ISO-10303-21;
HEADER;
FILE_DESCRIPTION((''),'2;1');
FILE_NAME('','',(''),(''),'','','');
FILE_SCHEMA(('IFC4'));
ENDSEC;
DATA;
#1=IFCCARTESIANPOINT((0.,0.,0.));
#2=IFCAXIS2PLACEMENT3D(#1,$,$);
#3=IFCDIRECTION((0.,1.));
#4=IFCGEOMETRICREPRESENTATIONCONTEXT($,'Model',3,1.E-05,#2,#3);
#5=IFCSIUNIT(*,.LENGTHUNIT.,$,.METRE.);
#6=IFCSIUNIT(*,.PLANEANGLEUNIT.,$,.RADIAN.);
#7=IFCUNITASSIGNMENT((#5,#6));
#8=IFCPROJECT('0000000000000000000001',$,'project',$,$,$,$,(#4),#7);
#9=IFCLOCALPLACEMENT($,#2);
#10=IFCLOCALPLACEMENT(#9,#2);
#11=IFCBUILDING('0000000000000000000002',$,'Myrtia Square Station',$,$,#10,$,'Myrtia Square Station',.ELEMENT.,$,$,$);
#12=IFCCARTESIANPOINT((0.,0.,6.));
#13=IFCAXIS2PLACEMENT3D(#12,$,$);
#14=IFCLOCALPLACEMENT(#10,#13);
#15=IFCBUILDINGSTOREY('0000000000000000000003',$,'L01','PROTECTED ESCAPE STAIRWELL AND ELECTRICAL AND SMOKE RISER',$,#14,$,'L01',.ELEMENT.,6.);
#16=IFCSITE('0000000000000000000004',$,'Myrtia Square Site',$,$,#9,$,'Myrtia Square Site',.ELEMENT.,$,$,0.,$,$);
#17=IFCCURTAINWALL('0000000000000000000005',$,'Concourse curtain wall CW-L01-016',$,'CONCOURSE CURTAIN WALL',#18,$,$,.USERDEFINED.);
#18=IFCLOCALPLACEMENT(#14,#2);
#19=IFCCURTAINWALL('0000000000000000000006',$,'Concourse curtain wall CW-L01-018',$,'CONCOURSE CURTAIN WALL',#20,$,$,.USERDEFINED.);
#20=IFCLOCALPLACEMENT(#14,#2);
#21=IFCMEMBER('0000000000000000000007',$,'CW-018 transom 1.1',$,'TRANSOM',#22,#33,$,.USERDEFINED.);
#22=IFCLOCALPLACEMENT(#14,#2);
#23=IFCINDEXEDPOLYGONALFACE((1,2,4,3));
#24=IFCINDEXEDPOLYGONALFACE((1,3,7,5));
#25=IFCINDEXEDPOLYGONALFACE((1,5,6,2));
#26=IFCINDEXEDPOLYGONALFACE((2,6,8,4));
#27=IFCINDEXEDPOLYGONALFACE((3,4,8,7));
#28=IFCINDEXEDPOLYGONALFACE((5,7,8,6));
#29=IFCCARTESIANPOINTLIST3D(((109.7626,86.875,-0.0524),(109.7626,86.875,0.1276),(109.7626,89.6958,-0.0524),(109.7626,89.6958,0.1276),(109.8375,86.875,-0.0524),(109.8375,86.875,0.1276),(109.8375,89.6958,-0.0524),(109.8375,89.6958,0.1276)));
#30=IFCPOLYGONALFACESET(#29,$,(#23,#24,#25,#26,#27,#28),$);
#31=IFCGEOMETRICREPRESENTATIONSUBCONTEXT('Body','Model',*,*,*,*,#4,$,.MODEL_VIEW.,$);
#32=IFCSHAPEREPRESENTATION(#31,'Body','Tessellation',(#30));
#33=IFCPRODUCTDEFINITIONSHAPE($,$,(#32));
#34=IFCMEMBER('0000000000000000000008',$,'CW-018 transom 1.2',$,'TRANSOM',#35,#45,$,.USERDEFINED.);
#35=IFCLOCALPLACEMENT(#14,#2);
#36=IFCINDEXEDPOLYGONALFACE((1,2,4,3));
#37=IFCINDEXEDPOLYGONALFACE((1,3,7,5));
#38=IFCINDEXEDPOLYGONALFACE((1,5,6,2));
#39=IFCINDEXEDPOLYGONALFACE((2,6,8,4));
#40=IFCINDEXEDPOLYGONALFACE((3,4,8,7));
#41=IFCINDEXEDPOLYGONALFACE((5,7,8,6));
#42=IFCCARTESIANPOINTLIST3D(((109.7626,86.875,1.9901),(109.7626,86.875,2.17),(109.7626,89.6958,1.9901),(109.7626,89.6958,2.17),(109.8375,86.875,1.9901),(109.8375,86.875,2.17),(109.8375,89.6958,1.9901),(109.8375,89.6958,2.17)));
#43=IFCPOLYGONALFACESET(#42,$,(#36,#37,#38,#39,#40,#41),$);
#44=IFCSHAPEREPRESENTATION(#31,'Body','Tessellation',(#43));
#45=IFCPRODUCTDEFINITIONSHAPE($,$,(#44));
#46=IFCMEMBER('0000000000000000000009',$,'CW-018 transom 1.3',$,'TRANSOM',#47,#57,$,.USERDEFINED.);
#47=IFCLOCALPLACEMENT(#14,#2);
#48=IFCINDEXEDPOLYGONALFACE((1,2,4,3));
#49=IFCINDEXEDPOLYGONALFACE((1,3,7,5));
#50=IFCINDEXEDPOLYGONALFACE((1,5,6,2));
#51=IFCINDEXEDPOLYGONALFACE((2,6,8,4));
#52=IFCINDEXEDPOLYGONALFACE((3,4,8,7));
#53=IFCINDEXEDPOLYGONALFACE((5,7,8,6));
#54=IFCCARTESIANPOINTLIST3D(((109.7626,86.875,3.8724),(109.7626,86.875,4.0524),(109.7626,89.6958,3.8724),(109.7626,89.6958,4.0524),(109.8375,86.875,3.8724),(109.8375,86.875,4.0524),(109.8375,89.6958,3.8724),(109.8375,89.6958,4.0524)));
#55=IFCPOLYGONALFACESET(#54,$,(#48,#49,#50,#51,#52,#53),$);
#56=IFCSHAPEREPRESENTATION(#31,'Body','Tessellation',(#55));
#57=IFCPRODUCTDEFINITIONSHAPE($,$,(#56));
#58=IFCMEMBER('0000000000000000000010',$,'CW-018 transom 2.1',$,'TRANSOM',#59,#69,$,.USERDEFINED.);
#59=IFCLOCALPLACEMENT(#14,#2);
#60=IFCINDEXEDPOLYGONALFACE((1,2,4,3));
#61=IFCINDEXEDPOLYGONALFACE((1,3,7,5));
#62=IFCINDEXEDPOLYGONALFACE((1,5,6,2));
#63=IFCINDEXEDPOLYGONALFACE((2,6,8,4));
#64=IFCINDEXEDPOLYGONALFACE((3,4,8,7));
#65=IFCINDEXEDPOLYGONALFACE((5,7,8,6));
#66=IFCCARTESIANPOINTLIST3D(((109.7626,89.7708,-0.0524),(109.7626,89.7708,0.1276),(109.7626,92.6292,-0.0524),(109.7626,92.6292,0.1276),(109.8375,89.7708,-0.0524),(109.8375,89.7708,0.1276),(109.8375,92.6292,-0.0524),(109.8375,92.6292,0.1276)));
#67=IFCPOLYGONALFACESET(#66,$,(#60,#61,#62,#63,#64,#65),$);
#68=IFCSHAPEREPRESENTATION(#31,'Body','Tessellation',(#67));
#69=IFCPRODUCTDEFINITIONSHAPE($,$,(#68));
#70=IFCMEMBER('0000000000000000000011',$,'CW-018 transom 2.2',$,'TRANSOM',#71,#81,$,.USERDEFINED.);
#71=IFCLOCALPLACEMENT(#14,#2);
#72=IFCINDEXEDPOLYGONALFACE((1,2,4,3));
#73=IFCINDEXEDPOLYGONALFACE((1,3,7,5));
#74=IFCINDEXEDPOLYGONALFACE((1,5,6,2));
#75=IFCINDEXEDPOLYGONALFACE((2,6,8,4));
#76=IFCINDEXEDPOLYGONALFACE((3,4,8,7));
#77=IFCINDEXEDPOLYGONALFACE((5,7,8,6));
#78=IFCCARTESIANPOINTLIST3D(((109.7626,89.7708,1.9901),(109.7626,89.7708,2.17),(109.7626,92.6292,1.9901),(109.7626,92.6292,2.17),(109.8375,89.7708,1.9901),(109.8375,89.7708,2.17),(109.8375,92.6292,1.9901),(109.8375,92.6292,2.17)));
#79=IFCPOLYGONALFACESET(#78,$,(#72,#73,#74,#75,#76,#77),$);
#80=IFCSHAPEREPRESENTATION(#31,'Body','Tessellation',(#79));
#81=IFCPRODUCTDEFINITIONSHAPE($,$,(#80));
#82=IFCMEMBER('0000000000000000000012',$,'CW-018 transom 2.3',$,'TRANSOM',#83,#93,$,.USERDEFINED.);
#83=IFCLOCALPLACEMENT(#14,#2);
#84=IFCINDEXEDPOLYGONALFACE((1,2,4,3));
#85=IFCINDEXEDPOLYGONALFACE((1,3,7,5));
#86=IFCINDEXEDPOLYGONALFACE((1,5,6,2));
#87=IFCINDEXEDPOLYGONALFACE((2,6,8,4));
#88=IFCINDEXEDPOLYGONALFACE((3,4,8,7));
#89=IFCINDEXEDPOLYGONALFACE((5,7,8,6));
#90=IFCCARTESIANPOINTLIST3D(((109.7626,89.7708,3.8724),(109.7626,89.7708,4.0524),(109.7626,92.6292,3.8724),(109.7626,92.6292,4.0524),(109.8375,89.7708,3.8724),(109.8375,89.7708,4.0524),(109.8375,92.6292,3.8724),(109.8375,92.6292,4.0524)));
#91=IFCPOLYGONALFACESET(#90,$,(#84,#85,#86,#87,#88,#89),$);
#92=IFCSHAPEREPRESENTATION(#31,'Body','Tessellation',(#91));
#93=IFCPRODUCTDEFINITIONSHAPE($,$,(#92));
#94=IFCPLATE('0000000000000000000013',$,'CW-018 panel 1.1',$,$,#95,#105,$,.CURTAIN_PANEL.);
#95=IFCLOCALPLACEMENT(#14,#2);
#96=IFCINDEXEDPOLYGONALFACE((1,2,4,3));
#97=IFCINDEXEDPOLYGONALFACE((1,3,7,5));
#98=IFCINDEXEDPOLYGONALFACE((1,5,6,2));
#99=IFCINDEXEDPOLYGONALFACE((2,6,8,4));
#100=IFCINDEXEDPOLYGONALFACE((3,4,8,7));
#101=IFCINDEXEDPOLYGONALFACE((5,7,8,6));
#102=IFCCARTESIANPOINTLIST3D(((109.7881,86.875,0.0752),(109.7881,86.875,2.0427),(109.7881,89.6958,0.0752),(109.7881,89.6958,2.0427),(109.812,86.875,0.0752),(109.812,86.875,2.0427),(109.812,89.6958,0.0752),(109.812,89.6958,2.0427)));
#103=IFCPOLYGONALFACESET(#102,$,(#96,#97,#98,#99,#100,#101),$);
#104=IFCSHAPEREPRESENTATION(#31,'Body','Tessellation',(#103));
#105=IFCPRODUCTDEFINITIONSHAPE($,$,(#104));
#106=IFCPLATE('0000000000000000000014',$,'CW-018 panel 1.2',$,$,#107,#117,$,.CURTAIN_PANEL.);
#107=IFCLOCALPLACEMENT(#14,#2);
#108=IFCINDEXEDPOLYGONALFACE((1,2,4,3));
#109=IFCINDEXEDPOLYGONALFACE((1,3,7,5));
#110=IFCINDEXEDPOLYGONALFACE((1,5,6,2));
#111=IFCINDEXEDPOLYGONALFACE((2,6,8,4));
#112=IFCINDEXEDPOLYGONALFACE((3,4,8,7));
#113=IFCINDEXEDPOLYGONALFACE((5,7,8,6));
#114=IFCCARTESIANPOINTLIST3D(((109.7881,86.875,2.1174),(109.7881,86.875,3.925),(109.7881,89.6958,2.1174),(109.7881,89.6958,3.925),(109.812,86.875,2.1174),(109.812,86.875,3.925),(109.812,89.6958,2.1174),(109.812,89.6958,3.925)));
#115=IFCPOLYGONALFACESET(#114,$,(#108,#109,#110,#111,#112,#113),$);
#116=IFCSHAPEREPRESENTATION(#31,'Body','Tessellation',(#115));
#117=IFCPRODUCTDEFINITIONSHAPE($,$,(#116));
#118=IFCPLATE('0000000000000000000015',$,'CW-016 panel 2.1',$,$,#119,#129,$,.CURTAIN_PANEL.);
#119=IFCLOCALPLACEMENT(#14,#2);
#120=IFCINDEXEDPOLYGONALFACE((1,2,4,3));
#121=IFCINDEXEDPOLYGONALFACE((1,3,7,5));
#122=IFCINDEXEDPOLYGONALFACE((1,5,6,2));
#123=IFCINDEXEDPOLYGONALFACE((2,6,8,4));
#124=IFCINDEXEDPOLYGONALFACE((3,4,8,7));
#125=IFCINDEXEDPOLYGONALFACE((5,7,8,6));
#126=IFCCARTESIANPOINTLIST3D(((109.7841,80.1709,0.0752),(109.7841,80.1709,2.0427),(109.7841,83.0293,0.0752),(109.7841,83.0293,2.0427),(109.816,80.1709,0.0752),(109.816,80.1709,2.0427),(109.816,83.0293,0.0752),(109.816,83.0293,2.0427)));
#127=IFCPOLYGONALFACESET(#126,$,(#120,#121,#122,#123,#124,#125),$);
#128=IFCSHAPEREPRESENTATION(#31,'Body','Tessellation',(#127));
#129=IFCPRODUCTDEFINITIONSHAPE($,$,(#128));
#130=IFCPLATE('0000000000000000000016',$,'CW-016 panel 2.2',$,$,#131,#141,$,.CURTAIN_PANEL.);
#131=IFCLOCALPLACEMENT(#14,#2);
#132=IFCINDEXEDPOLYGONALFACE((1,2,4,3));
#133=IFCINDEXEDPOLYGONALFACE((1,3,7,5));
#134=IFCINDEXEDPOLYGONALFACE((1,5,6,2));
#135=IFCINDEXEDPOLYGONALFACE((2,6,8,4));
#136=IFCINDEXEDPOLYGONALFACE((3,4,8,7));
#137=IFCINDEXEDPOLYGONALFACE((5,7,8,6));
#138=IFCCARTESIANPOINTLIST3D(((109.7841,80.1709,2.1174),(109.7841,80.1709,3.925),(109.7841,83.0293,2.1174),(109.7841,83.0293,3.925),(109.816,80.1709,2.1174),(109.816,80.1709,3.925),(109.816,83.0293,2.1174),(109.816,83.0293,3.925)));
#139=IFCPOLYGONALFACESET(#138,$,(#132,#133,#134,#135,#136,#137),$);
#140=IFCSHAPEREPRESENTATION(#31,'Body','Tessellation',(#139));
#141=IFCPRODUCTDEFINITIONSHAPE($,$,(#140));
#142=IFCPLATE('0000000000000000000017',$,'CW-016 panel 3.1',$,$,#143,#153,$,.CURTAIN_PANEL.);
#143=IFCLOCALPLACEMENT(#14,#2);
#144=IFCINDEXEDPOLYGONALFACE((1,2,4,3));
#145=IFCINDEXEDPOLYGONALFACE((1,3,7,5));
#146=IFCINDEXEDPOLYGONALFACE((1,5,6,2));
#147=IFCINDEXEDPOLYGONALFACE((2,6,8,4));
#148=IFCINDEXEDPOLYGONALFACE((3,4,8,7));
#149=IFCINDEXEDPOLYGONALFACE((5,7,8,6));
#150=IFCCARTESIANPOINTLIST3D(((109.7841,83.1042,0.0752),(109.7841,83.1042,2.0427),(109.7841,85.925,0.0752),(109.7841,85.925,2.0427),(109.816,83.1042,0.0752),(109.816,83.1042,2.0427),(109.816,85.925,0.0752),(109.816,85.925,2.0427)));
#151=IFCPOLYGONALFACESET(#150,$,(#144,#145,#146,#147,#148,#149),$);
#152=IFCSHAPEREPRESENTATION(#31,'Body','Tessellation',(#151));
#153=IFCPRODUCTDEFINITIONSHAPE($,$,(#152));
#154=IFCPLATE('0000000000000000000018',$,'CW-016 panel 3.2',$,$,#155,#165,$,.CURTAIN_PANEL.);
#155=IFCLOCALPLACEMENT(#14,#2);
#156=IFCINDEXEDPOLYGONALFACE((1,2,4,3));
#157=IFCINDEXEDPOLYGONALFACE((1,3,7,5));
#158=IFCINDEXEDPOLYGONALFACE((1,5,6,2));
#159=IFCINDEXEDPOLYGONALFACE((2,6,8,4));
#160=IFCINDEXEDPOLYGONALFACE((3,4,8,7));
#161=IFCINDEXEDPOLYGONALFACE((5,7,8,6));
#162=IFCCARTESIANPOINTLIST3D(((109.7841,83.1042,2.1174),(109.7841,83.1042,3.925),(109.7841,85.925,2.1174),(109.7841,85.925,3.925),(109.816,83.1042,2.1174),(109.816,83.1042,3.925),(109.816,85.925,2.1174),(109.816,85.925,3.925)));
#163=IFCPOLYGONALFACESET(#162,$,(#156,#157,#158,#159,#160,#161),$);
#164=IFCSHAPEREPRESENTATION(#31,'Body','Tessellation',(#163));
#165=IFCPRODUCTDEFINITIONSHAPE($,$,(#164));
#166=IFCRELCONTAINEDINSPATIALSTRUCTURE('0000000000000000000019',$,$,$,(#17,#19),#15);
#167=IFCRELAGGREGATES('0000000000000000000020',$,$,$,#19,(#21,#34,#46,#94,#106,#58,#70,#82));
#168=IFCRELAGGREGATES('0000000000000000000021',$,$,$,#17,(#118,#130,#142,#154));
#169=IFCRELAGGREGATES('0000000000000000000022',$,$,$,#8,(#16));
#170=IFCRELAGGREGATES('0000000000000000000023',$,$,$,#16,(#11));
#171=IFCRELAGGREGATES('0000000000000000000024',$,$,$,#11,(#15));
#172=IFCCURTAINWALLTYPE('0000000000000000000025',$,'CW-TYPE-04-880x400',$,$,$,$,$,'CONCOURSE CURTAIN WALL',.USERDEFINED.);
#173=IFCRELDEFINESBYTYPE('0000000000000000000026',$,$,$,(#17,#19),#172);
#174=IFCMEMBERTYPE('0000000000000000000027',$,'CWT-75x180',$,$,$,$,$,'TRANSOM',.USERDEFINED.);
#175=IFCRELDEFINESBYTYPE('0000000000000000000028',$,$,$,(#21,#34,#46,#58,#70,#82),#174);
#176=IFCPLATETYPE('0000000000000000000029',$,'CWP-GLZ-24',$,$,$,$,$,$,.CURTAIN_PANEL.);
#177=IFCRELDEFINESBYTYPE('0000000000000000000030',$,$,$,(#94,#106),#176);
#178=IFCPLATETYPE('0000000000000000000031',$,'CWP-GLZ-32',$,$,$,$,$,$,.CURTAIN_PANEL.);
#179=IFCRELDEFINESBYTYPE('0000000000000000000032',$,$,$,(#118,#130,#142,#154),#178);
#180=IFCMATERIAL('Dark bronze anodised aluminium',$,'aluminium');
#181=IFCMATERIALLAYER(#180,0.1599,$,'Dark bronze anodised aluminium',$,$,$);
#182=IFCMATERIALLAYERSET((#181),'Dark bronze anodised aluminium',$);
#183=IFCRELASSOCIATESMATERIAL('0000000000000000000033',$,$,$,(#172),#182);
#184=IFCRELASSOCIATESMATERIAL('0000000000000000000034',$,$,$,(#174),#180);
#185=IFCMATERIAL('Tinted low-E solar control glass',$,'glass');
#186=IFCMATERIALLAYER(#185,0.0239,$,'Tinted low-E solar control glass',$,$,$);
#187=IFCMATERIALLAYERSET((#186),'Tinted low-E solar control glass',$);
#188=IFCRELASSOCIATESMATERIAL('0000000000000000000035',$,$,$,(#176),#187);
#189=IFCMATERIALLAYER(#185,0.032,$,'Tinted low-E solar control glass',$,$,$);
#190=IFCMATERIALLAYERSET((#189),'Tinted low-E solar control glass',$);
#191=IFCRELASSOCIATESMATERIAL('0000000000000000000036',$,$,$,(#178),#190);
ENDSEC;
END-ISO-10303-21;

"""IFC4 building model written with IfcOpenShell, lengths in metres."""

from ifc_helpers import new_model, si_unit, direction, frame, origin, origin_2d, place, context, subcontext, project, spatial, rectangle, extrude, material, layer, layer_set, material_profile, profile_set, type_object, element, aggregate, save


model = new_model("IFC4")

# Units and contexts
model_context = context("Model", 3, precision=1e-05, world=origin(), true_north=direction((0.0, 1.0)))
body_context = subcontext(model_context, "Body", "Model", "MODEL_VIEW")
ifc_project = project(units=[si_unit("LENGTHUNIT", "METRE"), si_unit("PLANEANGLEUNIT", "RADIAN")], contexts=[model_context])

# Site, building, storey
site_placement = place(None, origin())
site = spatial("IfcSite", under=ifc_project, at=site_placement, Name="Myrtia Square Site", LongName="Myrtia Square Site", CompositionType="ELEMENT", RefElevation=0.0)
building_placement = place(site_placement, origin())
building = spatial("IfcBuilding", under=site, at=building_placement, Name="Myrtia Square Station", LongName="Myrtia Square Station", CompositionType="ELEMENT")
storey_placement = place(building_placement, frame((0.0, 0.0, 6.0)))
storey = spatial("IfcBuildingStorey", under=building, at=storey_placement, Name="L01", Description="PROTECTED ESCAPE STAIRWELL AND ELECTRICAL AND SMOKE RISER", LongName="L01", CompositionType="ELEMENT", Elevation=6.0)

# Curtain walls
ifc_material_1 = material(Name="Dark bronze anodised aluminium", Category="aluminium")
ifc_layer_1 = layer(ifc_material_1, 0.1599, Name="Dark bronze anodised aluminium")
ifc_layer_set_1 = layer_set([ifc_layer_1], Name="Dark bronze anodised aluminium")
curtain_wall_type = type_object("IfcCurtainWallType", Name="CW-TYPE-04-880x400", ElementType="CONCOURSE CURTAIN WALL", PredefinedType="USERDEFINED", material=ifc_layer_set_1)
curtain_wall_1_placement = place(storey_placement, origin())
curtain_wall_1 = element("IfcCurtainWall", 1, at=curtain_wall_1_placement, inside=storey, type_object=curtain_wall_type, Name="Concourse curtain wall CW-L01-016", ObjectType="CONCOURSE CURTAIN WALL", PredefinedType="USERDEFINED")
curtain_wall_2_placement = place(storey_placement, origin())
curtain_wall_2 = element("IfcCurtainWall", 2, at=curtain_wall_2_placement, inside=storey, type_object=curtain_wall_type, Name="Concourse curtain wall CW-L01-018", ObjectType="CONCOURSE CURTAIN WALL", PredefinedType="USERDEFINED")

# Members
ifc_material_profile_1 = material_profile(ifc_material_1, rectangle(XDim=0.075, YDim=0.1799, at=origin_2d()), Name="ALU-T 75x180")
ifc_profile_set_1 = profile_set([ifc_material_profile_1], Name="Dark bronze anodised aluminium")
member_type_1 = type_object("IfcMemberType", Name="CWT-75x180", ElementType="TRANSOM", PredefinedType="USERDEFINED", material=ifc_profile_set_1)
member_1_placement = place(storey_placement, frame((109.8, 86.875, 0.0376), z_axis=(0.0, 1.0, 0.0), x_axis=(-1.0, 0.0, 0.0)))
member_1 = element("IfcMember", 3, at=member_1_placement, type_object=member_type_1, Name="CW-018 transom 1.1", ObjectType="TRANSOM", PredefinedType="USERDEFINED", context=body_context, shape_type="SweptSolid", body=[
    extrude(rectangle(XDim=0.075, YDim=0.1799, at=origin_2d()), origin(), (0.0, 0.0, 1.0), 2.8208),
])
member_2_placement = place(storey_placement, frame((109.8, 86.875, 2.0801), z_axis=(0.0, 1.0, 0.0), x_axis=(-1.0, 0.0, 0.0)))
member_2 = element("IfcMember", 4, at=member_2_placement, type_object=member_type_1, Name="CW-018 transom 1.2", ObjectType="TRANSOM", PredefinedType="USERDEFINED", context=body_context, shape_type="SweptSolid", body=[
    extrude(rectangle(XDim=0.075, YDim=0.1799, at=origin_2d()), origin(), (0.0, 0.0, 1.0), 2.8208),
])
member_3_placement = place(storey_placement, frame((109.8, 86.875, 3.9624), z_axis=(0.0, 1.0, 0.0), x_axis=(-1.0, 0.0, 0.0)))
member_3 = element("IfcMember", 5, at=member_3_placement, type_object=member_type_1, Name="CW-018 transom 1.3", ObjectType="TRANSOM", PredefinedType="USERDEFINED", context=body_context, shape_type="SweptSolid", body=[
    extrude(rectangle(XDim=0.075, YDim=0.1799, at=origin_2d()), origin(), (0.0, 0.0, 1.0), 2.8208),
])
member_4_placement = place(storey_placement, frame((109.8, 89.7708, 0.0376), z_axis=(0.0, 1.0, 0.0), x_axis=(-1.0, 0.0, 0.0)))
member_4 = element("IfcMember", 6, at=member_4_placement, type_object=member_type_1, Name="CW-018 transom 2.1", ObjectType="TRANSOM", PredefinedType="USERDEFINED", context=body_context, shape_type="SweptSolid", body=[
    extrude(rectangle(XDim=0.075, YDim=0.1799, at=origin_2d()), origin(), (0.0, 0.0, 1.0), 2.8584),
])
member_5_placement = place(storey_placement, frame((109.8, 89.7708, 2.0801), z_axis=(0.0, 1.0, 0.0), x_axis=(-1.0, 0.0, 0.0)))
member_5 = element("IfcMember", 7, at=member_5_placement, type_object=member_type_1, Name="CW-018 transom 2.2", ObjectType="TRANSOM", PredefinedType="USERDEFINED", context=body_context, shape_type="SweptSolid", body=[
    extrude(rectangle(XDim=0.075, YDim=0.1799, at=origin_2d()), origin(), (0.0, 0.0, 1.0), 2.8584),
])
member_6_placement = place(storey_placement, frame((109.8, 89.7708, 3.9624), z_axis=(0.0, 1.0, 0.0), x_axis=(-1.0, 0.0, 0.0)))
member_6 = element("IfcMember", 8, at=member_6_placement, type_object=member_type_1, Name="CW-018 transom 2.3", ObjectType="TRANSOM", PredefinedType="USERDEFINED", context=body_context, shape_type="SweptSolid", body=[
    extrude(rectangle(XDim=0.075, YDim=0.1799, at=origin_2d()), origin(), (0.0, 0.0, 1.0), 2.8584),
])

# Plates
ifc_material_2 = material(Name="Tinted low-E solar control glass", Category="glass")
ifc_layer_2 = layer(ifc_material_2, 0.0239, Name="Tinted low-E solar control glass")
ifc_layer_set_2 = layer_set([ifc_layer_2], Name="Tinted low-E solar control glass")
plate_type_1 = type_object("IfcPlateType", Name="CWP-GLZ-24", PredefinedType="CURTAIN_PANEL", material=ifc_layer_set_2)
plate_1_placement = place(storey_placement, frame((109.8, 88.2854, 0.0752), z_axis=(0.0, 0.0, 1.0), x_axis=(0.0, 1.0, 0.0)))
plate_1 = element("IfcPlate", 9, at=plate_1_placement, type_object=plate_type_1, Name="CW-018 panel 1.1", PredefinedType="CURTAIN_PANEL", context=body_context, shape_type="SweptSolid", body=[
    extrude(rectangle(XDim=2.8208, YDim=0.0239, at=origin_2d()), origin(), (0.0, 0.0, 1.0), 1.9675),
])
plate_2_placement = place(storey_placement, frame((109.8, 88.2854, 2.1174), z_axis=(0.0, 0.0, 1.0), x_axis=(0.0, 1.0, 0.0)))
plate_2 = element("IfcPlate", 10, at=plate_2_placement, type_object=plate_type_1, Name="CW-018 panel 1.2", PredefinedType="CURTAIN_PANEL", context=body_context, shape_type="SweptSolid", body=[
    extrude(rectangle(XDim=2.8208, YDim=0.0239, at=origin_2d()), origin(), (0.0, 0.0, 1.0), 1.8076),
])
aggregate(curtain_wall_2, [member_1, member_2, member_3, plate_1, plate_2, member_4, member_5, member_6])
ifc_layer_3 = layer(ifc_material_2, 0.032, Name="Tinted low-E solar control glass")
ifc_layer_set_3 = layer_set([ifc_layer_3], Name="Tinted low-E solar control glass")
plate_type_2 = type_object("IfcPlateType", Name="CWP-GLZ-32", PredefinedType="CURTAIN_PANEL", material=ifc_layer_set_3)
plate_3_placement = place(storey_placement, frame((109.8, 81.6001, 0.0752), z_axis=(0.0, 0.0, 1.0), x_axis=(0.0, 1.0, 0.0)))
plate_3 = element("IfcPlate", 11, at=plate_3_placement, type_object=plate_type_2, Name="CW-016 panel 2.1", PredefinedType="CURTAIN_PANEL", context=body_context, shape_type="SweptSolid", body=[
    extrude(rectangle(XDim=2.8584, YDim=0.032, at=origin_2d()), origin(), (0.0, 0.0, 1.0), 1.9675),
])
plate_4_placement = place(storey_placement, frame((109.8, 81.6001, 2.1174), z_axis=(0.0, 0.0, 1.0), x_axis=(0.0, 1.0, 0.0)))
plate_4 = element("IfcPlate", 12, at=plate_4_placement, type_object=plate_type_2, Name="CW-016 panel 2.2", PredefinedType="CURTAIN_PANEL", context=body_context, shape_type="SweptSolid", body=[
    extrude(rectangle(XDim=2.8584, YDim=0.032, at=origin_2d()), origin(), (0.0, 0.0, 1.0), 1.8076),
])
plate_5_placement = place(storey_placement, frame((109.8, 84.5146, 0.0752), z_axis=(0.0, 0.0, 1.0), x_axis=(0.0, 1.0, 0.0)))
plate_5 = element("IfcPlate", 13, at=plate_5_placement, type_object=plate_type_2, Name="CW-016 panel 3.1", PredefinedType="CURTAIN_PANEL", context=body_context, shape_type="SweptSolid", body=[
    extrude(rectangle(XDim=2.8208, YDim=0.032, at=origin_2d()), origin(), (0.0, 0.0, 1.0), 1.9675),
])
plate_6_placement = place(storey_placement, frame((109.8, 84.5146, 2.1174), z_axis=(0.0, 0.0, 1.0), x_axis=(0.0, 1.0, 0.0)))
plate_6 = element("IfcPlate", 14, at=plate_6_placement, type_object=plate_type_2, Name="CW-016 panel 3.2", PredefinedType="CURTAIN_PANEL", context=body_context, shape_type="SweptSolid", body=[
    extrude(rectangle(XDim=2.8208, YDim=0.032, at=origin_2d()), origin(), (0.0, 0.0, 1.0), 1.8076),
])
aggregate(curtain_wall_1, [plate_3, plate_4, plate_5, plate_6])

save(model, "model.ifc")
